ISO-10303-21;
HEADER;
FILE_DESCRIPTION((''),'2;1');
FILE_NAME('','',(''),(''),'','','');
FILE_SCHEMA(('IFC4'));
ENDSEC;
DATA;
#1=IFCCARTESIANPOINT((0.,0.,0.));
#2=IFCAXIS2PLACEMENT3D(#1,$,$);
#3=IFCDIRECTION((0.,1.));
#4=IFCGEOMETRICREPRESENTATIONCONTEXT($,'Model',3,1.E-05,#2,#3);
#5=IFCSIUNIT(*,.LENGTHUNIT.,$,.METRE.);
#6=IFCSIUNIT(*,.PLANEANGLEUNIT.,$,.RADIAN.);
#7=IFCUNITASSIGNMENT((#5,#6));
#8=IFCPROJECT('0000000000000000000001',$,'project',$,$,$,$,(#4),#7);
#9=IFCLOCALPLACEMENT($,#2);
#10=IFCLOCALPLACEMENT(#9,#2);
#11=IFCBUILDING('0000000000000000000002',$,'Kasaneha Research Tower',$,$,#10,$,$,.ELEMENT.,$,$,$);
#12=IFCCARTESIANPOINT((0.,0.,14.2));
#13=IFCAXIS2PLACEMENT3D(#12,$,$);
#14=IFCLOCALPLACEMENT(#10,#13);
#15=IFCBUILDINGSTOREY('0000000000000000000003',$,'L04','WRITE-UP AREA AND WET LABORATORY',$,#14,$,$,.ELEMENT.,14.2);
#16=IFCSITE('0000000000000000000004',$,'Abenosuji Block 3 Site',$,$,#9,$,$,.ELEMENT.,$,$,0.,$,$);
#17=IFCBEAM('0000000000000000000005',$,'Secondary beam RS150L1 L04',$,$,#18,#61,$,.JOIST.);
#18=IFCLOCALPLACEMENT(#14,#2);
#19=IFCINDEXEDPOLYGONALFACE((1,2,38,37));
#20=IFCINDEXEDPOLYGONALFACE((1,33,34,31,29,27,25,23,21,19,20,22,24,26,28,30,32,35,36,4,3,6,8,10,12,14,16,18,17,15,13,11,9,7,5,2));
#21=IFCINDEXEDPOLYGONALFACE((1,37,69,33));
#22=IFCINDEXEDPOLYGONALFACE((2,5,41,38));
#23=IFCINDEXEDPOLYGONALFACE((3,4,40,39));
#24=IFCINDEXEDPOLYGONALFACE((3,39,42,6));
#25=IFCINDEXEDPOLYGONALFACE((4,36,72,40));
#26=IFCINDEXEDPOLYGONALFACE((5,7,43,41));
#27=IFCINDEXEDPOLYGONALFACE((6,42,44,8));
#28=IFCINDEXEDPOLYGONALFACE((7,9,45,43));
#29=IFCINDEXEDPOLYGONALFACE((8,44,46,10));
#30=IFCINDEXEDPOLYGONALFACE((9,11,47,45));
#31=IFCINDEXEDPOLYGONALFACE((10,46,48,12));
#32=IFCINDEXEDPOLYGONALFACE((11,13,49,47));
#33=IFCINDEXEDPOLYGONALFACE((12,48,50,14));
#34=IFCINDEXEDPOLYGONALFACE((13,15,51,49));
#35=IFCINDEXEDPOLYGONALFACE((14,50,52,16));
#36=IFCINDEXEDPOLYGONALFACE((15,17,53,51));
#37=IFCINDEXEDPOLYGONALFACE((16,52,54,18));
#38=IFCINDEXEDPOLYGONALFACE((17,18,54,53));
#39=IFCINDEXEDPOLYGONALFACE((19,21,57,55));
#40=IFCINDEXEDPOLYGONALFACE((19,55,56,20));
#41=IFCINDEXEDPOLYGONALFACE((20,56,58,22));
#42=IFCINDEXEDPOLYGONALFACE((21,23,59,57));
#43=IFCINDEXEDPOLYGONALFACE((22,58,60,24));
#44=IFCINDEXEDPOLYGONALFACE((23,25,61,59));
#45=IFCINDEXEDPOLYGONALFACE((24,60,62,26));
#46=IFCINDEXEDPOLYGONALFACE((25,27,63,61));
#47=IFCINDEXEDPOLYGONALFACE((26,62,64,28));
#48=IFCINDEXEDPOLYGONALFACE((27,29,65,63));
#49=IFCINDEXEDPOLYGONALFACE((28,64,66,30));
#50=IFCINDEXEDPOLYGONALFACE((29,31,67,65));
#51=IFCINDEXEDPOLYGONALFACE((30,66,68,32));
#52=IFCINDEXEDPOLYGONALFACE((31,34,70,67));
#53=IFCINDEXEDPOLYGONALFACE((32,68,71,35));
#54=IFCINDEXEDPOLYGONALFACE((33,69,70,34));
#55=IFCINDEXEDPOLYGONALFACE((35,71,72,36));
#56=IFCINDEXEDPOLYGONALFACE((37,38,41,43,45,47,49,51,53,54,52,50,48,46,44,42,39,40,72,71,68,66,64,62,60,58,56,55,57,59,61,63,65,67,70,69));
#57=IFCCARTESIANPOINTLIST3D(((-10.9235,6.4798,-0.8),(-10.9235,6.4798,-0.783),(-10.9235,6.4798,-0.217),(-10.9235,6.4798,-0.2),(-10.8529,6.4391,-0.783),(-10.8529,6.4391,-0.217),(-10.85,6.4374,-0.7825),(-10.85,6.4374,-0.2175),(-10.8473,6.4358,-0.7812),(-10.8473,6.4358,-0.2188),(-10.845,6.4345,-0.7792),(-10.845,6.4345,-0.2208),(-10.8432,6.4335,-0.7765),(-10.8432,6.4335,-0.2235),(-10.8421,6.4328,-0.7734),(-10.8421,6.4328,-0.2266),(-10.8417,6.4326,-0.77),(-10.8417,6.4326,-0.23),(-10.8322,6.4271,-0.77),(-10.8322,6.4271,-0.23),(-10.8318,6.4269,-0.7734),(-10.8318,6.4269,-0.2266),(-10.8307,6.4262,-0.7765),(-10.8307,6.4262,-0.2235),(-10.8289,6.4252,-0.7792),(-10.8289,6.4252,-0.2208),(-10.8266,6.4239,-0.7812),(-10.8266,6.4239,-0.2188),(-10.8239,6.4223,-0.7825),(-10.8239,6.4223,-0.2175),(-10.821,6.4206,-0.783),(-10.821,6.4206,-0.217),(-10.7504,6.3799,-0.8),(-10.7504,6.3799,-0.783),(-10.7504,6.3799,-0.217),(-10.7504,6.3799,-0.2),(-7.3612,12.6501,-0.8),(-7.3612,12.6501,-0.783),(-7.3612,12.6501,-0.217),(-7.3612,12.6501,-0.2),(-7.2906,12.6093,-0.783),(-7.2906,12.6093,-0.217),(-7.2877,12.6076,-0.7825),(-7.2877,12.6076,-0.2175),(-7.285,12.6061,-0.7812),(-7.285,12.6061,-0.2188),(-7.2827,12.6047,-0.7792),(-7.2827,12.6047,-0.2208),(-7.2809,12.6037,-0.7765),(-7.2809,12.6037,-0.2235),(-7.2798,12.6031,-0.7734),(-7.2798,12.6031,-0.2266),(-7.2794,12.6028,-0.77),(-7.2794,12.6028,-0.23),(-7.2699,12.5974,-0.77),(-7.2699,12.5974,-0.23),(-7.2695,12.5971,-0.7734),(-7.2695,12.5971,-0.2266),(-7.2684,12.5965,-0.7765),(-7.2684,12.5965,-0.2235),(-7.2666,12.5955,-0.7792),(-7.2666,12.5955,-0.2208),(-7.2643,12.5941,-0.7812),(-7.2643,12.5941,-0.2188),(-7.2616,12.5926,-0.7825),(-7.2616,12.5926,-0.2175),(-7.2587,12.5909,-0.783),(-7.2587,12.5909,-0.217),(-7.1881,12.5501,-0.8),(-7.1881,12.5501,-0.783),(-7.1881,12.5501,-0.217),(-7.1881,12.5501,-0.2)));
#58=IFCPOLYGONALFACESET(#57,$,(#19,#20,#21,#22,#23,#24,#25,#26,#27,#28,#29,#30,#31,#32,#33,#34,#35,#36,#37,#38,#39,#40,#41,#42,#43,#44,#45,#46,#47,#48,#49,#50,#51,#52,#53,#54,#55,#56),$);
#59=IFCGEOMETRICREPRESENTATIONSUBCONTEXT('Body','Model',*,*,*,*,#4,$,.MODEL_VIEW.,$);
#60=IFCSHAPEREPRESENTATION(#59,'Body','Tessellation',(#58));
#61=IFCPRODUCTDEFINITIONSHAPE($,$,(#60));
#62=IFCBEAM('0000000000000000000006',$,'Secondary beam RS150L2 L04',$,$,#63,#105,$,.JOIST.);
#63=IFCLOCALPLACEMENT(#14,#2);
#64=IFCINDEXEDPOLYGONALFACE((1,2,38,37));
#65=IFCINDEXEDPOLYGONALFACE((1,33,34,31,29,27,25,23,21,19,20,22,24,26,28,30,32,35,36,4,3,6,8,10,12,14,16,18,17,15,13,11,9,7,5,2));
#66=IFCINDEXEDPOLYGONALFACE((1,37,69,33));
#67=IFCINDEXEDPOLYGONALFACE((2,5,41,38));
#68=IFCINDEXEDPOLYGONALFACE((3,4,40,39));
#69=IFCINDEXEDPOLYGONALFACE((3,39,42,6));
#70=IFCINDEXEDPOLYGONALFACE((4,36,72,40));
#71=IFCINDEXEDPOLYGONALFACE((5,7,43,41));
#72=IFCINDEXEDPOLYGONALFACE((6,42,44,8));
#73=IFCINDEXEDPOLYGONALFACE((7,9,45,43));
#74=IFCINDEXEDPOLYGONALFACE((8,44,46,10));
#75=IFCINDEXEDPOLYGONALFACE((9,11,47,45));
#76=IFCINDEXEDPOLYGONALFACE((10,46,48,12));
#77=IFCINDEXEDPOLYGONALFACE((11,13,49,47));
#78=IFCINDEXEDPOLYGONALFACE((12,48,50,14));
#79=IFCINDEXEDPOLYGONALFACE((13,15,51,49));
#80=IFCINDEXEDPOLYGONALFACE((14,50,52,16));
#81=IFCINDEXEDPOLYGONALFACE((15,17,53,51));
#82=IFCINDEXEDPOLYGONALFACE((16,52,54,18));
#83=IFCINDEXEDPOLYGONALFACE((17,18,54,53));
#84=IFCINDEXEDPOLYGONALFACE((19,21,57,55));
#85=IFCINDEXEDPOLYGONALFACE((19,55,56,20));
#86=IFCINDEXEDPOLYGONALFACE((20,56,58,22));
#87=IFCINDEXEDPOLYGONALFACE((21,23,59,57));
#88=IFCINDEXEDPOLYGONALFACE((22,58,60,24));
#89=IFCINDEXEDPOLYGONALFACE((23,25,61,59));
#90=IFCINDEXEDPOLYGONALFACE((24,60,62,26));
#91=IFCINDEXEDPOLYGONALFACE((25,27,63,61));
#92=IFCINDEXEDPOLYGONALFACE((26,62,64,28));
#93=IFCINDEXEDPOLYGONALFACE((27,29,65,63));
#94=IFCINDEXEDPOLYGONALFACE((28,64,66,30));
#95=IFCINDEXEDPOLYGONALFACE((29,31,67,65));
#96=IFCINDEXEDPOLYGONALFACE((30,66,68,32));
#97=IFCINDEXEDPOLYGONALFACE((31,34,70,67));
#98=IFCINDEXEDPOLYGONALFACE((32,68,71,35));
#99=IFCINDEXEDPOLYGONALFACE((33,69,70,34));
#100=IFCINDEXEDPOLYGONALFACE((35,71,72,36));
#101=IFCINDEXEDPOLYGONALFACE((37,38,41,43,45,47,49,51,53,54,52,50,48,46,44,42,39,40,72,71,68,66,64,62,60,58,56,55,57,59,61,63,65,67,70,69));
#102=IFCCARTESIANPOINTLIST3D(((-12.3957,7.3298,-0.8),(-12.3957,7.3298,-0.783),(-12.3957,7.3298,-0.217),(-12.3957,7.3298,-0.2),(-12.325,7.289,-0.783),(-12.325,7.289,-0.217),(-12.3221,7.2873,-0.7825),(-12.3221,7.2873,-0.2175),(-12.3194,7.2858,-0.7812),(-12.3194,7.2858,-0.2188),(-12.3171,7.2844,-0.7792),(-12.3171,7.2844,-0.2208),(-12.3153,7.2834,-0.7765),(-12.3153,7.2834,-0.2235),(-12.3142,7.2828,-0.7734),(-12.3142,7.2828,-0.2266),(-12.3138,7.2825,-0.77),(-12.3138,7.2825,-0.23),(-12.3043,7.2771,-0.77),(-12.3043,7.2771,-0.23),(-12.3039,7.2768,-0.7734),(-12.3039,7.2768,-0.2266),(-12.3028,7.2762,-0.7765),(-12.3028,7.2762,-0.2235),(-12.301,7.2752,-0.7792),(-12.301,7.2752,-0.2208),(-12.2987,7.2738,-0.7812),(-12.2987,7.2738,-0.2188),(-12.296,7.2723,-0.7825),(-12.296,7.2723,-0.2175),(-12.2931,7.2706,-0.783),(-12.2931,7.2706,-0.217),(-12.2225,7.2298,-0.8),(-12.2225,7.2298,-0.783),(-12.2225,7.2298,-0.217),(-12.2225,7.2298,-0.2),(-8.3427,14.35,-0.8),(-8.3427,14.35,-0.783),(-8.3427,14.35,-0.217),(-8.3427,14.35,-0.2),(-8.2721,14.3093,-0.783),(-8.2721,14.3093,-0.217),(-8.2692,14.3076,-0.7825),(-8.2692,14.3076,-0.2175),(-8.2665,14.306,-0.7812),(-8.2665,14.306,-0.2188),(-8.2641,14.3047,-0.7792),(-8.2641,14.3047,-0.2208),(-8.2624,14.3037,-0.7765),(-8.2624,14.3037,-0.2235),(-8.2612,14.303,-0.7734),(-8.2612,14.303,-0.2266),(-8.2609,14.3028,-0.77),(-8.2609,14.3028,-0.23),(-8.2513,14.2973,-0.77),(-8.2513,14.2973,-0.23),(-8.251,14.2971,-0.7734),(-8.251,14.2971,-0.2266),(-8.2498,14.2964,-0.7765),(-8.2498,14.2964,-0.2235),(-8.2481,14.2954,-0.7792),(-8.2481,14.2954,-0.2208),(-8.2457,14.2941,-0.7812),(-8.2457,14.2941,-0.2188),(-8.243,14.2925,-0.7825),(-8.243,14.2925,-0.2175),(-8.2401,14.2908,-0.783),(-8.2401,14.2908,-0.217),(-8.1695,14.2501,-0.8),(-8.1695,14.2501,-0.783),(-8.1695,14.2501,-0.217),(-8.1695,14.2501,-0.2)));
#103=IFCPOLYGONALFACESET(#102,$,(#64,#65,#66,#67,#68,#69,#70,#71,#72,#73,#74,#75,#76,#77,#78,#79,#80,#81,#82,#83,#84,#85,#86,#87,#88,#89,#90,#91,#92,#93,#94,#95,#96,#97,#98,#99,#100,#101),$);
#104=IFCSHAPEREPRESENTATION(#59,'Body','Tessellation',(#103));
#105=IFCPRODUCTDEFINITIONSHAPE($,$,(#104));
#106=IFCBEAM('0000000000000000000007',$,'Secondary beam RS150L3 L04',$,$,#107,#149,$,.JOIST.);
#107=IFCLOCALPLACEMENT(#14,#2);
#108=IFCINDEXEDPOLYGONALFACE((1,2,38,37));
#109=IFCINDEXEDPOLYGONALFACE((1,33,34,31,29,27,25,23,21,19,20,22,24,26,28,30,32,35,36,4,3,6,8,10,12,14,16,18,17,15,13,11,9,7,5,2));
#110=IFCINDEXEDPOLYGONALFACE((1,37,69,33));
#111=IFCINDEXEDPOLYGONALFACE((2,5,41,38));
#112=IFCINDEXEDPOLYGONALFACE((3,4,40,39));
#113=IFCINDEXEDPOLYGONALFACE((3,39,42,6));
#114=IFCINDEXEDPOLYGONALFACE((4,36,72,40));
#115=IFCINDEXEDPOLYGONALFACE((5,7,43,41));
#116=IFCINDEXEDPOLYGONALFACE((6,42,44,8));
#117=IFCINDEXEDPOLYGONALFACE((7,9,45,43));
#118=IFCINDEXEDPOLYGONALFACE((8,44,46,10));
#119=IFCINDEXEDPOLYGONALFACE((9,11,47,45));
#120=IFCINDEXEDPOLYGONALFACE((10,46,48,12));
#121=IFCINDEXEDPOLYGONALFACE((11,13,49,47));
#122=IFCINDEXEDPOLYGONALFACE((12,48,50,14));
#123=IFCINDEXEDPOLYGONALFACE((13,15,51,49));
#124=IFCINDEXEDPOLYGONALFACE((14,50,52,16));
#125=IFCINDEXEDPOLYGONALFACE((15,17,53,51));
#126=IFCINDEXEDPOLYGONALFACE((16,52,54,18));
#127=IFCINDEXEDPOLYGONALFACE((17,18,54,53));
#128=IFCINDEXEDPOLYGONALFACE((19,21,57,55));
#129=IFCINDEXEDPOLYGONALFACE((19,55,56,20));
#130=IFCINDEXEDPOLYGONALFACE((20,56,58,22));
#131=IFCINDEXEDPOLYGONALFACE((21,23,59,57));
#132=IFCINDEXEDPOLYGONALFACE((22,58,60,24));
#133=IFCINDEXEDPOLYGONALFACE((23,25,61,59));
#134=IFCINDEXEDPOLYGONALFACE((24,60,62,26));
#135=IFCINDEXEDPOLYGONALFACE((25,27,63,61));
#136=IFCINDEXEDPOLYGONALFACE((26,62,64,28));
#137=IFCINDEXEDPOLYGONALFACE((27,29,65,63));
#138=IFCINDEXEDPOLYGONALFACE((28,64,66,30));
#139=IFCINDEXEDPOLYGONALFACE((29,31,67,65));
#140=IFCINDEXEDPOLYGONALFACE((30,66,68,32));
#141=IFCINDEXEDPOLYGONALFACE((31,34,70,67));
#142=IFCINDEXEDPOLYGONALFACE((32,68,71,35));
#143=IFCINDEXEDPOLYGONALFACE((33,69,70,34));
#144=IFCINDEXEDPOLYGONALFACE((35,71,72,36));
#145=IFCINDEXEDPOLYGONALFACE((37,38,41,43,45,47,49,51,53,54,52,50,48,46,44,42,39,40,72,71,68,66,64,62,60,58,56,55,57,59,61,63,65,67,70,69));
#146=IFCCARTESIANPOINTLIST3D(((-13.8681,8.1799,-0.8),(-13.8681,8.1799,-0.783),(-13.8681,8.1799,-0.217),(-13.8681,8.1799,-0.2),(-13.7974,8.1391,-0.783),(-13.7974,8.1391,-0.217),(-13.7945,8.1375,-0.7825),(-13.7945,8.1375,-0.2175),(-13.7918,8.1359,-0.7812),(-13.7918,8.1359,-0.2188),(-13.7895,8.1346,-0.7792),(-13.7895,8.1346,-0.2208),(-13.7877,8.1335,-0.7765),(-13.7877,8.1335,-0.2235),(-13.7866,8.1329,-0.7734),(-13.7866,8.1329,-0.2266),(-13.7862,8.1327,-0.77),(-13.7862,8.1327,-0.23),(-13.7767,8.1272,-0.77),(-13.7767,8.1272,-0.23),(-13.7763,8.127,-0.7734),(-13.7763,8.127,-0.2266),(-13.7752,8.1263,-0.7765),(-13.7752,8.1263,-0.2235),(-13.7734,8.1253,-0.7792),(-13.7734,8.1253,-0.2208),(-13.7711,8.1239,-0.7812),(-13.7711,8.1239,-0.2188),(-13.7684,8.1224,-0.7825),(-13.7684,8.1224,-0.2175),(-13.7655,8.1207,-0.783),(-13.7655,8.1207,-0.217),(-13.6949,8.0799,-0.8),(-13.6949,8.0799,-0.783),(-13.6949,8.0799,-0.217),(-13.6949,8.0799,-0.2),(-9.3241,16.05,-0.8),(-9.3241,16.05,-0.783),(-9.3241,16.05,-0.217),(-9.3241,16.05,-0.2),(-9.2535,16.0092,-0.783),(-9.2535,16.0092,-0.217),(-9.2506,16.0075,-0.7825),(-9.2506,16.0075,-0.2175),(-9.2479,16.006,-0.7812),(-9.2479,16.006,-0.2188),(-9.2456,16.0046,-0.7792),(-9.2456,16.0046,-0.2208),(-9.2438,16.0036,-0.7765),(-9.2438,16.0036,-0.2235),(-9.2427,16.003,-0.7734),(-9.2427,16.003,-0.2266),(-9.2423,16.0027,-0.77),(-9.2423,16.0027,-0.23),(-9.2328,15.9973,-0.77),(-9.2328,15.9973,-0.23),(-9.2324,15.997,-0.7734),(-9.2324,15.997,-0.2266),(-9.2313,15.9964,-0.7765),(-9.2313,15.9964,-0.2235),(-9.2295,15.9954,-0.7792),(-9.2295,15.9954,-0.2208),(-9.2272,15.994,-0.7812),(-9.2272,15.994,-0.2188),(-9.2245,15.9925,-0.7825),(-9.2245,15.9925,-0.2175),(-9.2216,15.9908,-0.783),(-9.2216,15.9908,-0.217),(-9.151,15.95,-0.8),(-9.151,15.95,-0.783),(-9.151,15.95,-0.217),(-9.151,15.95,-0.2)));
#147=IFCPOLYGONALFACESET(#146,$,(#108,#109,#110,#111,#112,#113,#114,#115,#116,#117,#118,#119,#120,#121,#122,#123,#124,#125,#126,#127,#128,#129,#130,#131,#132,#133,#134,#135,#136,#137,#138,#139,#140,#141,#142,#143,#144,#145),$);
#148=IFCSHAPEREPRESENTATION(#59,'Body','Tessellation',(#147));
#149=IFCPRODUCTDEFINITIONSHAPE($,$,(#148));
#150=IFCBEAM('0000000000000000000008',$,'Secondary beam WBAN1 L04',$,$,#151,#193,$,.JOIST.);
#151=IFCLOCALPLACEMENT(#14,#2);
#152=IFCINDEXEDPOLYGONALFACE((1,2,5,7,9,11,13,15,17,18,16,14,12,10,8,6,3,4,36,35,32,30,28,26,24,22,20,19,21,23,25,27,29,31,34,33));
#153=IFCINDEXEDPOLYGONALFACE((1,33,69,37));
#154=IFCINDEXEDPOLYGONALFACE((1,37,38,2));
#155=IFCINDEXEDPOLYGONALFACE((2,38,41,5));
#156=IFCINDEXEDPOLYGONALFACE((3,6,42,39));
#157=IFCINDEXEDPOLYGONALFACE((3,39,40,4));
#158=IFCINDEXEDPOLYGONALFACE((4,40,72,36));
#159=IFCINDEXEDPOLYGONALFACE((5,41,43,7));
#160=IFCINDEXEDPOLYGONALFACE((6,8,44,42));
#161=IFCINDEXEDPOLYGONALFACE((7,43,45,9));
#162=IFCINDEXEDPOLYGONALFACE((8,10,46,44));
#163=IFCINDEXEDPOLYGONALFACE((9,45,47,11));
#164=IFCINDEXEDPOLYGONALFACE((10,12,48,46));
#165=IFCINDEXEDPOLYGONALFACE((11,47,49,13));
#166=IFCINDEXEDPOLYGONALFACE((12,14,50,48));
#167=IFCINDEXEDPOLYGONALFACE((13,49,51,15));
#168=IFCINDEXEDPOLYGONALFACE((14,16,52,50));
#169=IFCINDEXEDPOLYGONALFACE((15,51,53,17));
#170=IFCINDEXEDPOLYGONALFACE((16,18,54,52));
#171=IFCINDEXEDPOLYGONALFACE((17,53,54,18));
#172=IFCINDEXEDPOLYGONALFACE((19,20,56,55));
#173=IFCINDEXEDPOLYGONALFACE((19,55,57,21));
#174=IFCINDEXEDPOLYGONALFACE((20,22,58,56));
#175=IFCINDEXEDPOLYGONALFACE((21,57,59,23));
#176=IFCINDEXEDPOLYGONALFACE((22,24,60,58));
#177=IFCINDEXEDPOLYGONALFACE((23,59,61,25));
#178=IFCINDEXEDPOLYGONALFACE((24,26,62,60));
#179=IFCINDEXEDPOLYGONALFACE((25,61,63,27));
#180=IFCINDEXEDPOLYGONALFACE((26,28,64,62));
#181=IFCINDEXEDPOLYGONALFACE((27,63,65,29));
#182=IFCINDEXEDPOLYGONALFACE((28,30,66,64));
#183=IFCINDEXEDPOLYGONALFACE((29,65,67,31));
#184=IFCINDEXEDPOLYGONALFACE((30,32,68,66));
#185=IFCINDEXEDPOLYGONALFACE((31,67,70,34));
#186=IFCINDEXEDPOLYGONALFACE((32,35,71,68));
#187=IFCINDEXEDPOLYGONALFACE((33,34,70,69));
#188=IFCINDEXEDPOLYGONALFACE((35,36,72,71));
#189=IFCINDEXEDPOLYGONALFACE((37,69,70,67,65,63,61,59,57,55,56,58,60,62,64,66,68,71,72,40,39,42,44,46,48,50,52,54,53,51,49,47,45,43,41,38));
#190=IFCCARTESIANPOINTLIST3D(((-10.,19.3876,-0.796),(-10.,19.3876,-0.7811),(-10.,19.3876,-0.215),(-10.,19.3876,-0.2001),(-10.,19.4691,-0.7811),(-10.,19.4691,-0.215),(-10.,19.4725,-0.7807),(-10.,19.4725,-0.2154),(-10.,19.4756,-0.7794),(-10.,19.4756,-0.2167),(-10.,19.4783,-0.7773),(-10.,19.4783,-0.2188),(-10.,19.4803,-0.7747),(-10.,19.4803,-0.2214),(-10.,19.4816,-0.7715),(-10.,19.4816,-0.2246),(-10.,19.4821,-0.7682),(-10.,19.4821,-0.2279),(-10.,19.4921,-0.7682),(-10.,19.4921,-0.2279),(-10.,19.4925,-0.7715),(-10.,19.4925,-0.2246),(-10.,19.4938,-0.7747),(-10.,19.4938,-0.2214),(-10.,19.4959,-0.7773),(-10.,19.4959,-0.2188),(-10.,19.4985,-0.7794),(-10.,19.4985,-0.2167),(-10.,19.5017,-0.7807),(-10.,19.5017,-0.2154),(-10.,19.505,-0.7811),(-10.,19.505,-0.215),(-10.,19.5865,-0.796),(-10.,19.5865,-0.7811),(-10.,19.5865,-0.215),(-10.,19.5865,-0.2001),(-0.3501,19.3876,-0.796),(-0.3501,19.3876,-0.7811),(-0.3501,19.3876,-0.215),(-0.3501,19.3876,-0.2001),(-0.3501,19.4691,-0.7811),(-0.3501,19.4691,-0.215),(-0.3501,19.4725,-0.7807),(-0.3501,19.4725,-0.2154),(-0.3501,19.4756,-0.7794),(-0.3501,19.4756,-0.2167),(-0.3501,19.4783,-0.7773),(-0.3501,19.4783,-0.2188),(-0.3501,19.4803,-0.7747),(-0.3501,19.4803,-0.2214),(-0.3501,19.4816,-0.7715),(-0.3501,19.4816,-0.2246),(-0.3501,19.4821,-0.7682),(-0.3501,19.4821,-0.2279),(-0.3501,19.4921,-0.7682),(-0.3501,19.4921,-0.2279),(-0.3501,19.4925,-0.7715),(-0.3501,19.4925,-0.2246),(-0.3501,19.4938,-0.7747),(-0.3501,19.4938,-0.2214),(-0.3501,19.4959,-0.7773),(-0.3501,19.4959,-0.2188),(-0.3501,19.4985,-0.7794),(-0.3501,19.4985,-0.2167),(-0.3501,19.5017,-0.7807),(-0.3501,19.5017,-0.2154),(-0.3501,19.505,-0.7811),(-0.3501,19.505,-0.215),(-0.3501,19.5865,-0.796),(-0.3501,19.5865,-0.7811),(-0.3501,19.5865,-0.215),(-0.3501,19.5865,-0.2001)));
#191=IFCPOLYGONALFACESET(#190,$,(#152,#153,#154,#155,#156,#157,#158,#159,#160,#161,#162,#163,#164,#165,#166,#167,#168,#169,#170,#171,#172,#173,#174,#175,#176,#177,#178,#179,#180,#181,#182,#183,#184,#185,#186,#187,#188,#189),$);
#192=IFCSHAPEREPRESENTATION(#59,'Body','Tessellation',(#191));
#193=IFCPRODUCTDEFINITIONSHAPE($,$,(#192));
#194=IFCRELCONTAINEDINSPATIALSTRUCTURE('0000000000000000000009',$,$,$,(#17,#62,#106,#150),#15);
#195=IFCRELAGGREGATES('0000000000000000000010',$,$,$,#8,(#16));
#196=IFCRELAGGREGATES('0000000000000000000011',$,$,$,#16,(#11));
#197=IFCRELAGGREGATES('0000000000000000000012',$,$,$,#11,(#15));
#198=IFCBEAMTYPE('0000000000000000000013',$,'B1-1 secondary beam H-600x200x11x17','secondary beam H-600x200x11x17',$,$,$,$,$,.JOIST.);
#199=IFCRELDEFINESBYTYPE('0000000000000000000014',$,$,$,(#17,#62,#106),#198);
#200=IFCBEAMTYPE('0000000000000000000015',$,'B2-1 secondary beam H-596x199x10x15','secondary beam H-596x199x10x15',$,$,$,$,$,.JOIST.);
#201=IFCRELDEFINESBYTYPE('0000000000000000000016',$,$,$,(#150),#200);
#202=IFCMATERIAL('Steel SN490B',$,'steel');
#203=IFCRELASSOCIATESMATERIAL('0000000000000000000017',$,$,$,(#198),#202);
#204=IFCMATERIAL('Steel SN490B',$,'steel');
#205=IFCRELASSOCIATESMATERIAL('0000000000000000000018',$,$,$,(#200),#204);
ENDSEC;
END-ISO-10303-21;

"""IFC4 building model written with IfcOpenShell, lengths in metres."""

from ifc_helpers import new_model, si_unit, direction, frame, origin, origin_2d, place, context, subcontext, project, spatial, i_section, extrude, material, material_profile, profile_set, type_object, element, save


model = new_model("IFC4")

# Units and contexts
model_context = context("Model", 3, precision=1e-05, world=origin(), true_north=direction((0.0, 1.0)))
body_context = subcontext(model_context, "Body", "Model", "MODEL_VIEW")
ifc_project = project(units=[si_unit("LENGTHUNIT", "METRE"), si_unit("PLANEANGLEUNIT", "RADIAN")], contexts=[model_context])

# Site, building, storey
site_placement = place(None, origin())
site = spatial("IfcSite", under=ifc_project, at=site_placement, Name="Abenosuji Block 3 Site", CompositionType="ELEMENT", RefElevation=0.0)
building_placement = place(site_placement, origin())
building = spatial("IfcBuilding", under=site, at=building_placement, Name="Kasaneha Research Tower", CompositionType="ELEMENT")
storey_placement = place(building_placement, frame((0.0, 0.0, 14.2)))
storey = spatial("IfcBuildingStorey", under=building, at=storey_placement, Name="L04", Description="WRITE-UP AREA AND WET LABORATORY", CompositionType="ELEMENT", Elevation=14.2)

# Beams
ifc_material_1 = material(Name="Steel SN490B", Category="steel")
ifc_material_profile_1 = material_profile(ifc_material_1, i_section(OverallWidth=0.2, OverallDepth=0.6001, WebThickness=0.011, FlangeThickness=0.0171, FilletRadius=0.0129, at=origin_2d()), Name="H-600x200x11x17")
ifc_profile_set_1 = profile_set([ifc_material_profile_1], Name="Steel SN490B")
beam_type_1 = type_object("IfcBeamType", Name="B1-1 secondary beam H-600x200x11x17", Description="secondary beam H-600x200x11x17", PredefinedType="JOIST", material=ifc_profile_set_1)
beam_1_placement = place(storey_placement, frame((-7.2747, 12.6001, -0.5), z_axis=(-0.49999, -0.866031, 0.0), x_axis=(0.866031, -0.49999, 0.0)))
element("IfcBeam", 1, at=beam_1_placement, inside=storey, type_object=beam_type_1, Name="Secondary beam RS150L1 L04", PredefinedType="JOIST", context=body_context, shape_type="SweptSolid", body=[
    extrude(i_section(OverallWidth=0.2, OverallDepth=0.6001, WebThickness=0.011, FlangeThickness=0.0171, FilletRadius=0.0129, at=origin_2d()), origin(), (0.0, 0.0, 1.0), 7.1248),
])
beam_2_placement = place(storey_placement, frame((-8.2561, 14.3, -0.5), z_axis=(-0.499984, -0.866035, 0.0), x_axis=(0.866035, -0.499984, 0.0)))
element("IfcBeam", 2, at=beam_2_placement, inside=storey, type_object=beam_type_1, Name="Secondary beam RS150L2 L04", PredefinedType="JOIST", context=body_context, shape_type="SweptSolid", body=[
    extrude(i_section(OverallWidth=0.2, OverallDepth=0.6001, WebThickness=0.011, FlangeThickness=0.0171, FilletRadius=0.0129, at=origin_2d()), origin(), (0.0, 0.0, 1.0), 8.1062),
])
beam_3_placement = place(storey_placement, frame((-9.2375, 16.0, -0.5), z_axis=(-0.500011, -0.866019, 0.0), x_axis=(0.866019, -0.500011, 0.0)))
element("IfcBeam", 3, at=beam_3_placement, inside=storey, type_object=beam_type_1, Name="Secondary beam RS150L3 L04", PredefinedType="JOIST", context=body_context, shape_type="SweptSolid", body=[
    extrude(i_section(OverallWidth=0.2, OverallDepth=0.6001, WebThickness=0.011, FlangeThickness=0.0171, FilletRadius=0.0129, at=origin_2d()), origin(), (0.0, 0.0, 1.0), 9.0876),
])
ifc_material_2 = material(Name="Steel SN490B", Category="steel")
ifc_material_profile_2 = material_profile(ifc_material_2, i_section(OverallWidth=0.199, OverallDepth=0.5959, WebThickness=0.01, FlangeThickness=0.0149, FilletRadius=0.0129, at=origin_2d()), Name="H-596x199x10x15")
ifc_profile_set_2 = profile_set([ifc_material_profile_2], Name="Steel SN490B")
beam_type_2 = type_object("IfcBeamType", Name="B2-1 secondary beam H-596x199x10x15", Description="secondary beam H-596x199x10x15", PredefinedType="JOIST", material=ifc_profile_set_2)
for number, where, z_axis, x_axis, name in (
    (4, (-10.0, 19.4871, -0.498), (1.0, 0.0, 0.0), (0.0, 1.0, 0.0), "Secondary beam WBAN1 L04"),
):
    element("IfcBeam", number, at=place(storey_placement, frame(where, z_axis=z_axis, x_axis=x_axis)), inside=storey, type_object=beam_type_2, Name=name, PredefinedType="JOIST", context=body_context, shape_type="SweptSolid", body=[
        extrude(i_section(OverallWidth=0.199, OverallDepth=0.5959, WebThickness=0.01, FlangeThickness=0.0149, FilletRadius=0.0129, at=origin_2d()), origin(), (0.0, 0.0, 1.0), 9.6499),
    ])

save(model, "model.ifc")
